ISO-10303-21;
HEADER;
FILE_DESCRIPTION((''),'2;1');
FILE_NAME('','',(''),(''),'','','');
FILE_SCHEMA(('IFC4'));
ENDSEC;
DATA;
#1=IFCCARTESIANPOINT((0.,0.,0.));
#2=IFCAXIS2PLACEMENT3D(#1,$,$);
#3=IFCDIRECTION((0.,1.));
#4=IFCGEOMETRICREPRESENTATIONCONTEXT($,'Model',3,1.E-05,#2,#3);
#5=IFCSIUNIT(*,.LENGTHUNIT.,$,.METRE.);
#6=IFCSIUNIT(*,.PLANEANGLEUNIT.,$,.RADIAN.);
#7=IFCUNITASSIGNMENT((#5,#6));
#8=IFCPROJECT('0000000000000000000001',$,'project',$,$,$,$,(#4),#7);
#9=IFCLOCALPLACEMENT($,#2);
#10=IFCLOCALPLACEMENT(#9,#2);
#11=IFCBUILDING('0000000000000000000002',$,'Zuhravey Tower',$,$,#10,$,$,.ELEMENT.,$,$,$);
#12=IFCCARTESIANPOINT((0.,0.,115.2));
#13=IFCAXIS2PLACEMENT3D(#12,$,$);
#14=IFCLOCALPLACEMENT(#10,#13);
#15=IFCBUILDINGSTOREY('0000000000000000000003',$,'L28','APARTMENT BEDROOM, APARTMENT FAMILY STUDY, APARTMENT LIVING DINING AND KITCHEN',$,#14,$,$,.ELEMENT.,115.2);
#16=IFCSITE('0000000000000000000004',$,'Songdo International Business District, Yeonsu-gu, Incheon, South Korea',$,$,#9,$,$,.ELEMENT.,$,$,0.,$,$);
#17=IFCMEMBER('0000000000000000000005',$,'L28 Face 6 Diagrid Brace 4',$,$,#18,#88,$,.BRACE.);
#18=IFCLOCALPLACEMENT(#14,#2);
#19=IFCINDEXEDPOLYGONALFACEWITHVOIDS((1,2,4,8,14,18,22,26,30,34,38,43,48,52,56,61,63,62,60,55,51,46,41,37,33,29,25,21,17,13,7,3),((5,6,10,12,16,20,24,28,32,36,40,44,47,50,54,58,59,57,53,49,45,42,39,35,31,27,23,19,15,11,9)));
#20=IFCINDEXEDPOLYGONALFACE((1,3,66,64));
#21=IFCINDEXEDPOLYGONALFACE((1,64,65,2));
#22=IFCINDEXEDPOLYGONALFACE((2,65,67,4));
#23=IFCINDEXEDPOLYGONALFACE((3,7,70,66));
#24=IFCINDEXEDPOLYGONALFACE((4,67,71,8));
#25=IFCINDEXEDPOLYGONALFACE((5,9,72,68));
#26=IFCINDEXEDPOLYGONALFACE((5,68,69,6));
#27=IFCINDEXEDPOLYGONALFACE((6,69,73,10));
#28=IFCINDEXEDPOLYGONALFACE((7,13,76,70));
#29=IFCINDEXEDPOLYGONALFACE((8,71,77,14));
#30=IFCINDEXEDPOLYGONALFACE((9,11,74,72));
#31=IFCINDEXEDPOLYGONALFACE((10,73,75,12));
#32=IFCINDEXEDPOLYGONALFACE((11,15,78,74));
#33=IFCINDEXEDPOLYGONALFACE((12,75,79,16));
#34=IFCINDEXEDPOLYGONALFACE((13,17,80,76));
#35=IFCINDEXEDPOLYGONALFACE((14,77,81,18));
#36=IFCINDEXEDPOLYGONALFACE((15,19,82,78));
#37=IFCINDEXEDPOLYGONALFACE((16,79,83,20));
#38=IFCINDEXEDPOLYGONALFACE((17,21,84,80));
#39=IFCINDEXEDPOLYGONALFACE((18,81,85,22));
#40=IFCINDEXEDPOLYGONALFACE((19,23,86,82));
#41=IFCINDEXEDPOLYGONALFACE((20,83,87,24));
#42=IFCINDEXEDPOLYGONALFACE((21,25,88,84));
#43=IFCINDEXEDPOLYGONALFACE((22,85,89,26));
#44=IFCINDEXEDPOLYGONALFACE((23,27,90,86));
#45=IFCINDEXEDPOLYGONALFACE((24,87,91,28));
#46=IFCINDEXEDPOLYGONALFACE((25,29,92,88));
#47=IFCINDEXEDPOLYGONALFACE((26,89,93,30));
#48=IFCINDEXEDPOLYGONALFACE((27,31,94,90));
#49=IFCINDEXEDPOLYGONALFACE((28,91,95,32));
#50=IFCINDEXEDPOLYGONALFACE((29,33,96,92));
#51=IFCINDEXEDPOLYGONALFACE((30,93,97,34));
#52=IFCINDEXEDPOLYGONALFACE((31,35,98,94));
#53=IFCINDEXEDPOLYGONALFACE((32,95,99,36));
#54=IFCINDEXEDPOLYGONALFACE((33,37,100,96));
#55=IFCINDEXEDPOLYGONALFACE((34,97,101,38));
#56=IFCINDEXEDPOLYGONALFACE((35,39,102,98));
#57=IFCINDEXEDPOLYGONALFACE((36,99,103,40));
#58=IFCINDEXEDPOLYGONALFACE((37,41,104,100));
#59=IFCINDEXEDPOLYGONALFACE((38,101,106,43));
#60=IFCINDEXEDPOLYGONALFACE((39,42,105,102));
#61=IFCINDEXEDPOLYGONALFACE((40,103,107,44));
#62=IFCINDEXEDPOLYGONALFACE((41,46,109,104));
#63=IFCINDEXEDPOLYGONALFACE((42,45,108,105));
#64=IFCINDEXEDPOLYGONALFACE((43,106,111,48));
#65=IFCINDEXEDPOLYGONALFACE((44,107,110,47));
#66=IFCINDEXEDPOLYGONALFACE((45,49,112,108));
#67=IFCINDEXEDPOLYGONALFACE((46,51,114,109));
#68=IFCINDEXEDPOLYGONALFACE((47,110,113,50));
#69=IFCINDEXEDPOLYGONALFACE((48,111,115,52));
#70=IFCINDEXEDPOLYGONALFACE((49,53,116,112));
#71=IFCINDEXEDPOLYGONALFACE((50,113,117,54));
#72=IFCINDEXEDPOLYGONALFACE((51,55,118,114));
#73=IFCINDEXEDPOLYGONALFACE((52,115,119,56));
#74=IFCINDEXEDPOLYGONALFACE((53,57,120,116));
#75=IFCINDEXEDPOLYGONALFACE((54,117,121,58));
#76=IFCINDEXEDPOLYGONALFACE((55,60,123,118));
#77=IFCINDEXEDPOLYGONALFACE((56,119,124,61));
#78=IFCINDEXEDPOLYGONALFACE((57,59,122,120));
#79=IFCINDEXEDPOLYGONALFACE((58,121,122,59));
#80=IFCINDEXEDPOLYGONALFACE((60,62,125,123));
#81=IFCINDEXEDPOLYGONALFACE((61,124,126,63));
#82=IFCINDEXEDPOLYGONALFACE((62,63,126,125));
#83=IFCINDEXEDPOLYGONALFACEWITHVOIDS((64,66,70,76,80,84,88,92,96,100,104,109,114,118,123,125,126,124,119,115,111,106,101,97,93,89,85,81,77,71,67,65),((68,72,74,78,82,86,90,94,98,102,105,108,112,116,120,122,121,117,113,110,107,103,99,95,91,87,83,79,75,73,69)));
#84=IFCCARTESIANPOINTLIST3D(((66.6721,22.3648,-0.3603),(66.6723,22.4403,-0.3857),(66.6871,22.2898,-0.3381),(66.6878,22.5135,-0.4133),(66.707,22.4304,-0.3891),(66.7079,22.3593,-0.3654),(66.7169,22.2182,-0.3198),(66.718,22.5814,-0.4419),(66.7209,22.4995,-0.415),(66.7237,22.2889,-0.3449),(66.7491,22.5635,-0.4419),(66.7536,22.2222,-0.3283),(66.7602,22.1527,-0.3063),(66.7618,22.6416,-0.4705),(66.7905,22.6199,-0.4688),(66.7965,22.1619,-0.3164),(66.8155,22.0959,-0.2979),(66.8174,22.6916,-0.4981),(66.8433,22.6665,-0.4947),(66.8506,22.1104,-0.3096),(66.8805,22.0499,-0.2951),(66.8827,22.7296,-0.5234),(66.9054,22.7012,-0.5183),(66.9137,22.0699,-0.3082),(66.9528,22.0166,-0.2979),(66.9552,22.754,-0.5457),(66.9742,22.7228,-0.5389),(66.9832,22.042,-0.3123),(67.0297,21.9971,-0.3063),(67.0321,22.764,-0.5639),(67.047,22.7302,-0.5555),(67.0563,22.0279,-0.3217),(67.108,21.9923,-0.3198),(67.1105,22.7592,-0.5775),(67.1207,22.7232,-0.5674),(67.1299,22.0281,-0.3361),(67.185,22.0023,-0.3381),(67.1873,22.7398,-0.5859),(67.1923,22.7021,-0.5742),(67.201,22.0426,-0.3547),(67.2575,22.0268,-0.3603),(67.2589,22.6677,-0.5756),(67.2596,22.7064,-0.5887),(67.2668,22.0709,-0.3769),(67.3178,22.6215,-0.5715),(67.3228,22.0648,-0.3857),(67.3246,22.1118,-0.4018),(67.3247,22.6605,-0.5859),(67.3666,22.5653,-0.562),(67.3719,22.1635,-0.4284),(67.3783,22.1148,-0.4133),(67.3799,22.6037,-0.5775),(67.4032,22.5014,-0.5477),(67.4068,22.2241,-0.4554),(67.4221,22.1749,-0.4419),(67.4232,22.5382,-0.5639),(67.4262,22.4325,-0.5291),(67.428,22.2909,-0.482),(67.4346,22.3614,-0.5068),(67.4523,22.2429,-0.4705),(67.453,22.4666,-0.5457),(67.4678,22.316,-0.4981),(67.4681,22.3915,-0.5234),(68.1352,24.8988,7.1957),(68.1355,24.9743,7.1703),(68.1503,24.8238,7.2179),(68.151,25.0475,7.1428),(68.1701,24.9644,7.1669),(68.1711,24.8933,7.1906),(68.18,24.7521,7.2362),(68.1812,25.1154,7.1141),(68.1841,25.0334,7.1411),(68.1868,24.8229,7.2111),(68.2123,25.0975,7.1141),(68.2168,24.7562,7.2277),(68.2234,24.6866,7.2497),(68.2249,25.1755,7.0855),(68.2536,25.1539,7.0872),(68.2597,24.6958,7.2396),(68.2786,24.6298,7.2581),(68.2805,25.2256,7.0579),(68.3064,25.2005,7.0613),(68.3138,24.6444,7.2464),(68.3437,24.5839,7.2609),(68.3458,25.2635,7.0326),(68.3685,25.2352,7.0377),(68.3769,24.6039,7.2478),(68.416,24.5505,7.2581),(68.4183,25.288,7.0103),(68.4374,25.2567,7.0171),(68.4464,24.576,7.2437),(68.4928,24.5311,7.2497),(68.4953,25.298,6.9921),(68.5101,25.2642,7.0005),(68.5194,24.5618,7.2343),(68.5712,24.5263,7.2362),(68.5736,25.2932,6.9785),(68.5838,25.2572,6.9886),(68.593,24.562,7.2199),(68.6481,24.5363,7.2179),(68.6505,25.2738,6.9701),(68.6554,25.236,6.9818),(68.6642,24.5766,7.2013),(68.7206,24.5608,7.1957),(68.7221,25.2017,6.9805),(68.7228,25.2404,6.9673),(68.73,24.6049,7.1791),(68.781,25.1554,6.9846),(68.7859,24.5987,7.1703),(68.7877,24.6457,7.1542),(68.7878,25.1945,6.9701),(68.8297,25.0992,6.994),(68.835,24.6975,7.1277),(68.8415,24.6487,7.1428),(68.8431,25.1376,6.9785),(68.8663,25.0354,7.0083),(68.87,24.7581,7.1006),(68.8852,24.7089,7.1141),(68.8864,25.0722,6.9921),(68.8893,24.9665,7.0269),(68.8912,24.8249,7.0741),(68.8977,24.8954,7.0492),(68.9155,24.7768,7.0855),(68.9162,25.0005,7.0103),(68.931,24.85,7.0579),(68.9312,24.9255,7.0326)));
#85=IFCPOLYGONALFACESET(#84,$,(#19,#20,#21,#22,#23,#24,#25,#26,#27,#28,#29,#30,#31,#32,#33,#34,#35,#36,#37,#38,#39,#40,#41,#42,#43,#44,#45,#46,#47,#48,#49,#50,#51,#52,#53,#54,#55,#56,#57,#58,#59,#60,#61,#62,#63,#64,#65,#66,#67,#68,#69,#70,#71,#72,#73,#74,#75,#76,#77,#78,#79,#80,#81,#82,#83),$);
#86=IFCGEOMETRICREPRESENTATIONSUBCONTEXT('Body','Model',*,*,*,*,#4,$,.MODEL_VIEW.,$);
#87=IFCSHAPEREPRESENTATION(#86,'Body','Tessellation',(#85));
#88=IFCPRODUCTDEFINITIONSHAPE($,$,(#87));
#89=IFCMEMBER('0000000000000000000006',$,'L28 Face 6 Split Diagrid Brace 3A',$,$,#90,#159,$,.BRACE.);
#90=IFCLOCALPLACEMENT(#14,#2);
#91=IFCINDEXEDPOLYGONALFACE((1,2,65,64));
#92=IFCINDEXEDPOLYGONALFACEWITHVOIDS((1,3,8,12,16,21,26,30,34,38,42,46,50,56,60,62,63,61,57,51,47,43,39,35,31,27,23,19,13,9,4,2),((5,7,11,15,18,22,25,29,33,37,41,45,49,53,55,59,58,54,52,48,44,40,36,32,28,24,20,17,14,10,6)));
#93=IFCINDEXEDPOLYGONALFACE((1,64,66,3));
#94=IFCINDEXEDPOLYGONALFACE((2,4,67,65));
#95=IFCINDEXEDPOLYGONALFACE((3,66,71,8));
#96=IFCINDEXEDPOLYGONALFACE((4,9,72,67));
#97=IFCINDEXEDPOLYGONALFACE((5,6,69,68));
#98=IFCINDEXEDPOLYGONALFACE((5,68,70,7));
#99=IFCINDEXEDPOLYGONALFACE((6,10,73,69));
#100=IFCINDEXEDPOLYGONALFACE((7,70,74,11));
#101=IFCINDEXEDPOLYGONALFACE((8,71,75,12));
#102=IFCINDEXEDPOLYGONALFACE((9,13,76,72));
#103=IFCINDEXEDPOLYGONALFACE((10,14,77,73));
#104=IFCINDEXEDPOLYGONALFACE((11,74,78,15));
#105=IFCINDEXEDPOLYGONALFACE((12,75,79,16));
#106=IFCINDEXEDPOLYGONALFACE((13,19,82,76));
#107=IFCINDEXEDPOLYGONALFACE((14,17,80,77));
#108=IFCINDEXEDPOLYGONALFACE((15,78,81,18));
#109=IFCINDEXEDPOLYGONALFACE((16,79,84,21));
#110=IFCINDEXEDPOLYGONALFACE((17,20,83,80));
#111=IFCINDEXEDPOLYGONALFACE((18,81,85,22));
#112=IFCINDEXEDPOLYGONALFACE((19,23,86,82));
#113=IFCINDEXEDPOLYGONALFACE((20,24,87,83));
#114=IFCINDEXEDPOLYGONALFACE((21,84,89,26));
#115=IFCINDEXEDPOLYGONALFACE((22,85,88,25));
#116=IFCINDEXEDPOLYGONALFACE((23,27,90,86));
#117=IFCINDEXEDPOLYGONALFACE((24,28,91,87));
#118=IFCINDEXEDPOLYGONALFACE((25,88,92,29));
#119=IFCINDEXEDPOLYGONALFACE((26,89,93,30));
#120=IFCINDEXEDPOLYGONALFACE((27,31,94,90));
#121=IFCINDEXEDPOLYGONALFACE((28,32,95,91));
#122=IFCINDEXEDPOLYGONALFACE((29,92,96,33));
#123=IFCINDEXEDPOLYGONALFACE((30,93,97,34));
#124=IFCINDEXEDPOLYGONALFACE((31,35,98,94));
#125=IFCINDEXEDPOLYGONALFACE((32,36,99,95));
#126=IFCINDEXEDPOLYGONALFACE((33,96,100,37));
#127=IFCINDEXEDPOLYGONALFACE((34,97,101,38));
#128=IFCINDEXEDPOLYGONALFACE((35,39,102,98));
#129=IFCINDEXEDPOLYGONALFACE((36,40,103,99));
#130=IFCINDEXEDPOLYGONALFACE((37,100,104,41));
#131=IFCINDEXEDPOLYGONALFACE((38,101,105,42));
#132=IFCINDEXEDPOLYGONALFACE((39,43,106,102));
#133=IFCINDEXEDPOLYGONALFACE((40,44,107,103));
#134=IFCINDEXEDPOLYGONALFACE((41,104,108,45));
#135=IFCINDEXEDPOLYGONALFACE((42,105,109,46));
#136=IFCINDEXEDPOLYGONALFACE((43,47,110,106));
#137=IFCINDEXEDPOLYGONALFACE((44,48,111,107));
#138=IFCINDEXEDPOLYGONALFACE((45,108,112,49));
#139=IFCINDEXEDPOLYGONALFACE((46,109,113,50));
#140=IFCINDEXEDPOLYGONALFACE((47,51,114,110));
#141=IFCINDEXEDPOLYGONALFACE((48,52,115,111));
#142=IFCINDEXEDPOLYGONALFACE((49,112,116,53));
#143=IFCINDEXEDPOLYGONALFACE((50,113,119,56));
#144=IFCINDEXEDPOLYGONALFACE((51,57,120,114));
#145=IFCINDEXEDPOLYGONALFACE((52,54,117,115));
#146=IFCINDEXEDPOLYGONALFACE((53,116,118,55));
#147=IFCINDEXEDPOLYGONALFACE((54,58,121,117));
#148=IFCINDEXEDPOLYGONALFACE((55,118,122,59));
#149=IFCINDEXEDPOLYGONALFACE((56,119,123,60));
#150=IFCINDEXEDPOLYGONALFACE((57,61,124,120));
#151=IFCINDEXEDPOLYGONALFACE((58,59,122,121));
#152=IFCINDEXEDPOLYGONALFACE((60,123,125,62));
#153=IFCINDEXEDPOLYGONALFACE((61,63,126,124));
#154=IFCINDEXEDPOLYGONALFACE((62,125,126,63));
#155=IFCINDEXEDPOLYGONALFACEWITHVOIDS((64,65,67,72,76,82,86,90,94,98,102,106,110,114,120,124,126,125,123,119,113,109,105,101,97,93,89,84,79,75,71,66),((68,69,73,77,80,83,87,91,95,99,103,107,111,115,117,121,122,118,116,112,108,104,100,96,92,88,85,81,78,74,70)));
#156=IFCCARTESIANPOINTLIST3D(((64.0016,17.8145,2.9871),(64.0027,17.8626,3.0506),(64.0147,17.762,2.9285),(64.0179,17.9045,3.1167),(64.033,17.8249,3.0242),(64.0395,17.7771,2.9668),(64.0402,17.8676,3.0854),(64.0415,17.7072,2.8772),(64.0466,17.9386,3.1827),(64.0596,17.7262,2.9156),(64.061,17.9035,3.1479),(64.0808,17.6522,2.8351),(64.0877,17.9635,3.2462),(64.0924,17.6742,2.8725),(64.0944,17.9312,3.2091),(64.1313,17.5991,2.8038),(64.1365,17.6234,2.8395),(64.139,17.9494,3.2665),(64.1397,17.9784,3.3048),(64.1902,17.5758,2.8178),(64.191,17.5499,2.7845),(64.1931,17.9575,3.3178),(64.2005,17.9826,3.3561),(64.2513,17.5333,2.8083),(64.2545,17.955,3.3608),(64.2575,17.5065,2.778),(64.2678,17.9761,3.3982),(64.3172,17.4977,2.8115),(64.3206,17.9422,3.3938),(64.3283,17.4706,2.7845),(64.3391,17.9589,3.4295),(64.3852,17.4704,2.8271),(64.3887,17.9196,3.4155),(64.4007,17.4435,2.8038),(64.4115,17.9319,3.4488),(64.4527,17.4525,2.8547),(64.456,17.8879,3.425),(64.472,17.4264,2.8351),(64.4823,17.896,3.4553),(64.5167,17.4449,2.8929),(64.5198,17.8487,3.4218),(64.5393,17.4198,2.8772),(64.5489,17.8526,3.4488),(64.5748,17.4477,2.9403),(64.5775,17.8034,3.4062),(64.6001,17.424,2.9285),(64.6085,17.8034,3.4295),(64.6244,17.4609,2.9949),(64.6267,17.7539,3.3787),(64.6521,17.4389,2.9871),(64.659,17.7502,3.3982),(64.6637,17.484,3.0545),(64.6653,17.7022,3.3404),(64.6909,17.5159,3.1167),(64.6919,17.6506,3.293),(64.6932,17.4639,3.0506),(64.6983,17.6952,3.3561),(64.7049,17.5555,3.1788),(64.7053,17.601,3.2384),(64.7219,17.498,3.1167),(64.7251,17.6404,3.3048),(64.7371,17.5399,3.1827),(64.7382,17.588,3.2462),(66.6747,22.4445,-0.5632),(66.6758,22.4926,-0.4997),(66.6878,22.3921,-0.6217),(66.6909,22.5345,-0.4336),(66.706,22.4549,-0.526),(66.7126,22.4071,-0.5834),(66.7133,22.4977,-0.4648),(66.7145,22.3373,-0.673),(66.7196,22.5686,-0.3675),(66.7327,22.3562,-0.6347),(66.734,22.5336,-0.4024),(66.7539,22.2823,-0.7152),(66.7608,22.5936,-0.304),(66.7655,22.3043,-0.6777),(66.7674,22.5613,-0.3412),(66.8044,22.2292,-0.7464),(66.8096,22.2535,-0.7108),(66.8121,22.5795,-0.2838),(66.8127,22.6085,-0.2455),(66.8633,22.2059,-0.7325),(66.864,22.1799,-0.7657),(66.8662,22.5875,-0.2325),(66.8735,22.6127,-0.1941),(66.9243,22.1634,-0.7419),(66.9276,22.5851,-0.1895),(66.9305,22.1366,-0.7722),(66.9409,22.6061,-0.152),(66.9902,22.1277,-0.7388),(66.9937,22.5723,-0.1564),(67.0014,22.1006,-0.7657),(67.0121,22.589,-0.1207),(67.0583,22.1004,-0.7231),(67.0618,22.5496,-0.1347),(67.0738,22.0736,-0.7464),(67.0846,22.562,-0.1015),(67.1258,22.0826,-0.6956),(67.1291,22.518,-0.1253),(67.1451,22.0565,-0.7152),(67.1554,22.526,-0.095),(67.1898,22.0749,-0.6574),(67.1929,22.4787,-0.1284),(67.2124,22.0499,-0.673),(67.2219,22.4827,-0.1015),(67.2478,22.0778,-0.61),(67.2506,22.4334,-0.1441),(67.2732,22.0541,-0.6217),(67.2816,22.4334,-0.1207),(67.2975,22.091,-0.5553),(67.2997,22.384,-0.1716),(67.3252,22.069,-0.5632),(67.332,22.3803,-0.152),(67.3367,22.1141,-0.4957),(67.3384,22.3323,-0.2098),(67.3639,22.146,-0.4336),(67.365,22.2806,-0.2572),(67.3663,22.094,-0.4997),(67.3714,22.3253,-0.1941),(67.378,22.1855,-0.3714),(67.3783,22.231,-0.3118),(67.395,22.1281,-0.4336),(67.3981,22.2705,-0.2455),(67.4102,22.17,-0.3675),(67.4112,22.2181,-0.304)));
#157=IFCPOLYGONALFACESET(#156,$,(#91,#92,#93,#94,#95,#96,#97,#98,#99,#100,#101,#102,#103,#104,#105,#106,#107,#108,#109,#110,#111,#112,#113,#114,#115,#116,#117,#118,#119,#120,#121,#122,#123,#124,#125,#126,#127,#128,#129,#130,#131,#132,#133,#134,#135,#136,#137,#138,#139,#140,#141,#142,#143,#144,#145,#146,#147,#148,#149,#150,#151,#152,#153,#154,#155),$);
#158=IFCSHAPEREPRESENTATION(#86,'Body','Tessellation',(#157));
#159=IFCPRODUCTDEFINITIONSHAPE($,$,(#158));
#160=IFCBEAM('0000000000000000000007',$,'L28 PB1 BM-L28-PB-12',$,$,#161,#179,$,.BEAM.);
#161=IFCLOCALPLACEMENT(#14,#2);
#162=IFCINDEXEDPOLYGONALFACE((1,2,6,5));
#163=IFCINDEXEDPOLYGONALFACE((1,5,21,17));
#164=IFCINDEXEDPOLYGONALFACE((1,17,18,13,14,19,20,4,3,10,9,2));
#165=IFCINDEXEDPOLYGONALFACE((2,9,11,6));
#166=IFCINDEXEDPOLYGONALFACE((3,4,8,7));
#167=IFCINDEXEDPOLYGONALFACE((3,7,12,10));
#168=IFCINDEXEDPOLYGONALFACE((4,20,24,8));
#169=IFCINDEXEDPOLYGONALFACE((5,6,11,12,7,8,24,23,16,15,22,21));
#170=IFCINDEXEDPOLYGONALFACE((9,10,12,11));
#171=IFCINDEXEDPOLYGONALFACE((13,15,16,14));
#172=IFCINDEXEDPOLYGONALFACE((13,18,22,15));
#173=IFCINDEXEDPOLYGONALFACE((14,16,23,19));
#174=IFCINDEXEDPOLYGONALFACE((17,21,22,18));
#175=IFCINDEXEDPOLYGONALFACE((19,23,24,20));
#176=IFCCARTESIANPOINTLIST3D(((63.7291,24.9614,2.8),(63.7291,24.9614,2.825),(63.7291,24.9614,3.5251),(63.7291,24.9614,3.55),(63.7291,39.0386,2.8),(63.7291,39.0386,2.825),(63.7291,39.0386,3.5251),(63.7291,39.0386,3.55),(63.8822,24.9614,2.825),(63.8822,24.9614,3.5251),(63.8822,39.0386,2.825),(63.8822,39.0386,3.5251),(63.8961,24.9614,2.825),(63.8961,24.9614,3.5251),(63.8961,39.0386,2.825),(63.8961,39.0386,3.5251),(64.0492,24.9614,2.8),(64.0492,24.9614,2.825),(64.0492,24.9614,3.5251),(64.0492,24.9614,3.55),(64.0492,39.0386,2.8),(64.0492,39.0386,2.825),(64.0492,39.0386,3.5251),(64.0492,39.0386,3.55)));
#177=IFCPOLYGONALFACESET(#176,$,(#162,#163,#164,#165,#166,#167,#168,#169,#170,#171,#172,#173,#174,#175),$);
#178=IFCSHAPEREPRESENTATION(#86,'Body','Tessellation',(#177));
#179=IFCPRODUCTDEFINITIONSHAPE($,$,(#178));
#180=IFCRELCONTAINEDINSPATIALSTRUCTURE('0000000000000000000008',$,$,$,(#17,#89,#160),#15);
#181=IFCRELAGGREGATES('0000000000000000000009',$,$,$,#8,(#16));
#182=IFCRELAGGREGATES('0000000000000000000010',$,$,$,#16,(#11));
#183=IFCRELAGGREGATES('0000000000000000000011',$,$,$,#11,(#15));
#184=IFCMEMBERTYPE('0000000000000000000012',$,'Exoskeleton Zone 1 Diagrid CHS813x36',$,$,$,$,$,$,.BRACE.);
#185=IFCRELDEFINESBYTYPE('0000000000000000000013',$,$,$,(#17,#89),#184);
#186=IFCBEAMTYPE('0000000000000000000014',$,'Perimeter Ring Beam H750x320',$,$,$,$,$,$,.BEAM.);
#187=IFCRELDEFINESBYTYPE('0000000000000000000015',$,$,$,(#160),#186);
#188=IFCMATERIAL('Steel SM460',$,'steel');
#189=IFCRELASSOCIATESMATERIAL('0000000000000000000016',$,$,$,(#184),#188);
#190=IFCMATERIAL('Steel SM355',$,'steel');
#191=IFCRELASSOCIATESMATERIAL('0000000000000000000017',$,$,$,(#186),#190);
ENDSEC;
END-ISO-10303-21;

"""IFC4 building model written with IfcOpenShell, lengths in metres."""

from ifc_helpers import new_model, si_unit, direction, frame, origin, origin_2d, place, context, subcontext, project, spatial, hollow_circle, i_section, extrude, material, material_profile, profile_set, type_object, element, save


model = new_model("IFC4")

# Units and contexts
model_context = context("Model", 3, precision=1e-05, world=origin(), true_north=direction((0.0, 1.0)))
body_context = subcontext(model_context, "Body", "Model", "MODEL_VIEW")
ifc_project = project(units=[si_unit("LENGTHUNIT", "METRE"), si_unit("PLANEANGLEUNIT", "RADIAN")], contexts=[model_context])

# Site, building, storey
site_placement = place(None, origin())
site = spatial("IfcSite", under=ifc_project, at=site_placement, Name="Songdo International Business District, Yeonsu-gu, Incheon, South Korea", CompositionType="ELEMENT", RefElevation=0.0)
building_placement = place(site_placement, origin())
building = spatial("IfcBuilding", under=site, at=building_placement, Name="Zuhravey Tower", CompositionType="ELEMENT")
storey_placement = place(building_placement, frame((0.0, 0.0, 115.2)))
storey = spatial("IfcBuildingStorey", under=building, at=storey_placement, Name="L28", Description="APARTMENT BEDROOM, APARTMENT FAMILY STUDY, APARTMENT LIVING DINING AND KITCHEN", CompositionType="ELEMENT", Elevation=115.2)

# Members
ifc_material_1 = material(Name="Steel SM460", Category="steel")
ifc_material_profile_1 = material_profile(ifc_material_1, hollow_circle(Radius=0.4065, WallThickness=0.0359, at=origin_2d()), Name="CHS-812.8x36")
ifc_profile_set_1 = profile_set([ifc_material_profile_1], Name="Steel SM460")
member_type_1 = type_object("IfcMemberType", Name="Exoskeleton Zone 1 Diagrid CHS813x36", PredefinedType="BRACE", material=ifc_profile_set_1)
member_1_placement = place(storey_placement, frame((67.0701, 22.3782, -0.4419), z_axis=(0.180574, 0.312728, 0.93252), x_axis=(-0.866001, 0.500043, 0.0)))
element("IfcMember", 1, at=member_1_placement, inside=storey, type_object=member_type_1, Name="L28 Face 6 Diagrid Brace 4", PredefinedType="BRACE", context=body_context, shape_type="SweptSolid", body=[
    extrude(hollow_circle(Radius=0.4065, WallThickness=0.0359, at=origin_2d()), origin(), (0.0, 0.0, 1.0), 8.1028),
])
member_2_placement = place(storey_placement, frame((67.043, 22.3313, -0.4336), z_axis=(-0.416513, -0.721451, 0.553195), x_axis=(0.866034, -0.499985, 0.0)))
element("IfcMember", 2, at=member_2_placement, inside=storey, type_object=member_type_1, Name="L28 Face 6 Split Diagrid Brace 3A", PredefinedType="BRACE", context=body_context, shape_type="SweptSolid", body=[
    extrude(hollow_circle(Radius=0.4065, WallThickness=0.0359, at=origin_2d()), origin(), (0.0, 0.0, 1.0), 6.4177),
])

# Beam
ifc_material_2 = material(Name="Steel SM355", Category="steel")
ifc_material_profile_2 = material_profile(ifc_material_2, i_section(OverallWidth=0.3201, OverallDepth=0.75, WebThickness=0.0139, FlangeThickness=0.0249, at=origin_2d()), Name="H-750x320x14x25")
ifc_profile_set_2 = profile_set([ifc_material_profile_2], Name="Steel SM355")
beam_type_1 = type_object("IfcBeamType", Name="Perimeter Ring Beam H750x320", PredefinedType="BEAM", material=ifc_profile_set_2)
beam_1_placement = place(storey_placement, frame((63.8892, 24.9614, 3.175), z_axis=(0.0, 1.0, 0.0), x_axis=(-1.0, 0.0, 0.0)))
element("IfcBeam", 3, at=beam_1_placement, inside=storey, type_object=beam_type_1, Name="L28 PB1 BM-L28-PB-12", PredefinedType="BEAM", context=body_context, shape_type="SweptSolid", body=[
    extrude(i_section(OverallWidth=0.3201, OverallDepth=0.75, WebThickness=0.0139, FlangeThickness=0.0249, at=origin_2d()), origin(), (0.0, 0.0, 1.0), 14.0771),
])

save(model, "model.ifc")
